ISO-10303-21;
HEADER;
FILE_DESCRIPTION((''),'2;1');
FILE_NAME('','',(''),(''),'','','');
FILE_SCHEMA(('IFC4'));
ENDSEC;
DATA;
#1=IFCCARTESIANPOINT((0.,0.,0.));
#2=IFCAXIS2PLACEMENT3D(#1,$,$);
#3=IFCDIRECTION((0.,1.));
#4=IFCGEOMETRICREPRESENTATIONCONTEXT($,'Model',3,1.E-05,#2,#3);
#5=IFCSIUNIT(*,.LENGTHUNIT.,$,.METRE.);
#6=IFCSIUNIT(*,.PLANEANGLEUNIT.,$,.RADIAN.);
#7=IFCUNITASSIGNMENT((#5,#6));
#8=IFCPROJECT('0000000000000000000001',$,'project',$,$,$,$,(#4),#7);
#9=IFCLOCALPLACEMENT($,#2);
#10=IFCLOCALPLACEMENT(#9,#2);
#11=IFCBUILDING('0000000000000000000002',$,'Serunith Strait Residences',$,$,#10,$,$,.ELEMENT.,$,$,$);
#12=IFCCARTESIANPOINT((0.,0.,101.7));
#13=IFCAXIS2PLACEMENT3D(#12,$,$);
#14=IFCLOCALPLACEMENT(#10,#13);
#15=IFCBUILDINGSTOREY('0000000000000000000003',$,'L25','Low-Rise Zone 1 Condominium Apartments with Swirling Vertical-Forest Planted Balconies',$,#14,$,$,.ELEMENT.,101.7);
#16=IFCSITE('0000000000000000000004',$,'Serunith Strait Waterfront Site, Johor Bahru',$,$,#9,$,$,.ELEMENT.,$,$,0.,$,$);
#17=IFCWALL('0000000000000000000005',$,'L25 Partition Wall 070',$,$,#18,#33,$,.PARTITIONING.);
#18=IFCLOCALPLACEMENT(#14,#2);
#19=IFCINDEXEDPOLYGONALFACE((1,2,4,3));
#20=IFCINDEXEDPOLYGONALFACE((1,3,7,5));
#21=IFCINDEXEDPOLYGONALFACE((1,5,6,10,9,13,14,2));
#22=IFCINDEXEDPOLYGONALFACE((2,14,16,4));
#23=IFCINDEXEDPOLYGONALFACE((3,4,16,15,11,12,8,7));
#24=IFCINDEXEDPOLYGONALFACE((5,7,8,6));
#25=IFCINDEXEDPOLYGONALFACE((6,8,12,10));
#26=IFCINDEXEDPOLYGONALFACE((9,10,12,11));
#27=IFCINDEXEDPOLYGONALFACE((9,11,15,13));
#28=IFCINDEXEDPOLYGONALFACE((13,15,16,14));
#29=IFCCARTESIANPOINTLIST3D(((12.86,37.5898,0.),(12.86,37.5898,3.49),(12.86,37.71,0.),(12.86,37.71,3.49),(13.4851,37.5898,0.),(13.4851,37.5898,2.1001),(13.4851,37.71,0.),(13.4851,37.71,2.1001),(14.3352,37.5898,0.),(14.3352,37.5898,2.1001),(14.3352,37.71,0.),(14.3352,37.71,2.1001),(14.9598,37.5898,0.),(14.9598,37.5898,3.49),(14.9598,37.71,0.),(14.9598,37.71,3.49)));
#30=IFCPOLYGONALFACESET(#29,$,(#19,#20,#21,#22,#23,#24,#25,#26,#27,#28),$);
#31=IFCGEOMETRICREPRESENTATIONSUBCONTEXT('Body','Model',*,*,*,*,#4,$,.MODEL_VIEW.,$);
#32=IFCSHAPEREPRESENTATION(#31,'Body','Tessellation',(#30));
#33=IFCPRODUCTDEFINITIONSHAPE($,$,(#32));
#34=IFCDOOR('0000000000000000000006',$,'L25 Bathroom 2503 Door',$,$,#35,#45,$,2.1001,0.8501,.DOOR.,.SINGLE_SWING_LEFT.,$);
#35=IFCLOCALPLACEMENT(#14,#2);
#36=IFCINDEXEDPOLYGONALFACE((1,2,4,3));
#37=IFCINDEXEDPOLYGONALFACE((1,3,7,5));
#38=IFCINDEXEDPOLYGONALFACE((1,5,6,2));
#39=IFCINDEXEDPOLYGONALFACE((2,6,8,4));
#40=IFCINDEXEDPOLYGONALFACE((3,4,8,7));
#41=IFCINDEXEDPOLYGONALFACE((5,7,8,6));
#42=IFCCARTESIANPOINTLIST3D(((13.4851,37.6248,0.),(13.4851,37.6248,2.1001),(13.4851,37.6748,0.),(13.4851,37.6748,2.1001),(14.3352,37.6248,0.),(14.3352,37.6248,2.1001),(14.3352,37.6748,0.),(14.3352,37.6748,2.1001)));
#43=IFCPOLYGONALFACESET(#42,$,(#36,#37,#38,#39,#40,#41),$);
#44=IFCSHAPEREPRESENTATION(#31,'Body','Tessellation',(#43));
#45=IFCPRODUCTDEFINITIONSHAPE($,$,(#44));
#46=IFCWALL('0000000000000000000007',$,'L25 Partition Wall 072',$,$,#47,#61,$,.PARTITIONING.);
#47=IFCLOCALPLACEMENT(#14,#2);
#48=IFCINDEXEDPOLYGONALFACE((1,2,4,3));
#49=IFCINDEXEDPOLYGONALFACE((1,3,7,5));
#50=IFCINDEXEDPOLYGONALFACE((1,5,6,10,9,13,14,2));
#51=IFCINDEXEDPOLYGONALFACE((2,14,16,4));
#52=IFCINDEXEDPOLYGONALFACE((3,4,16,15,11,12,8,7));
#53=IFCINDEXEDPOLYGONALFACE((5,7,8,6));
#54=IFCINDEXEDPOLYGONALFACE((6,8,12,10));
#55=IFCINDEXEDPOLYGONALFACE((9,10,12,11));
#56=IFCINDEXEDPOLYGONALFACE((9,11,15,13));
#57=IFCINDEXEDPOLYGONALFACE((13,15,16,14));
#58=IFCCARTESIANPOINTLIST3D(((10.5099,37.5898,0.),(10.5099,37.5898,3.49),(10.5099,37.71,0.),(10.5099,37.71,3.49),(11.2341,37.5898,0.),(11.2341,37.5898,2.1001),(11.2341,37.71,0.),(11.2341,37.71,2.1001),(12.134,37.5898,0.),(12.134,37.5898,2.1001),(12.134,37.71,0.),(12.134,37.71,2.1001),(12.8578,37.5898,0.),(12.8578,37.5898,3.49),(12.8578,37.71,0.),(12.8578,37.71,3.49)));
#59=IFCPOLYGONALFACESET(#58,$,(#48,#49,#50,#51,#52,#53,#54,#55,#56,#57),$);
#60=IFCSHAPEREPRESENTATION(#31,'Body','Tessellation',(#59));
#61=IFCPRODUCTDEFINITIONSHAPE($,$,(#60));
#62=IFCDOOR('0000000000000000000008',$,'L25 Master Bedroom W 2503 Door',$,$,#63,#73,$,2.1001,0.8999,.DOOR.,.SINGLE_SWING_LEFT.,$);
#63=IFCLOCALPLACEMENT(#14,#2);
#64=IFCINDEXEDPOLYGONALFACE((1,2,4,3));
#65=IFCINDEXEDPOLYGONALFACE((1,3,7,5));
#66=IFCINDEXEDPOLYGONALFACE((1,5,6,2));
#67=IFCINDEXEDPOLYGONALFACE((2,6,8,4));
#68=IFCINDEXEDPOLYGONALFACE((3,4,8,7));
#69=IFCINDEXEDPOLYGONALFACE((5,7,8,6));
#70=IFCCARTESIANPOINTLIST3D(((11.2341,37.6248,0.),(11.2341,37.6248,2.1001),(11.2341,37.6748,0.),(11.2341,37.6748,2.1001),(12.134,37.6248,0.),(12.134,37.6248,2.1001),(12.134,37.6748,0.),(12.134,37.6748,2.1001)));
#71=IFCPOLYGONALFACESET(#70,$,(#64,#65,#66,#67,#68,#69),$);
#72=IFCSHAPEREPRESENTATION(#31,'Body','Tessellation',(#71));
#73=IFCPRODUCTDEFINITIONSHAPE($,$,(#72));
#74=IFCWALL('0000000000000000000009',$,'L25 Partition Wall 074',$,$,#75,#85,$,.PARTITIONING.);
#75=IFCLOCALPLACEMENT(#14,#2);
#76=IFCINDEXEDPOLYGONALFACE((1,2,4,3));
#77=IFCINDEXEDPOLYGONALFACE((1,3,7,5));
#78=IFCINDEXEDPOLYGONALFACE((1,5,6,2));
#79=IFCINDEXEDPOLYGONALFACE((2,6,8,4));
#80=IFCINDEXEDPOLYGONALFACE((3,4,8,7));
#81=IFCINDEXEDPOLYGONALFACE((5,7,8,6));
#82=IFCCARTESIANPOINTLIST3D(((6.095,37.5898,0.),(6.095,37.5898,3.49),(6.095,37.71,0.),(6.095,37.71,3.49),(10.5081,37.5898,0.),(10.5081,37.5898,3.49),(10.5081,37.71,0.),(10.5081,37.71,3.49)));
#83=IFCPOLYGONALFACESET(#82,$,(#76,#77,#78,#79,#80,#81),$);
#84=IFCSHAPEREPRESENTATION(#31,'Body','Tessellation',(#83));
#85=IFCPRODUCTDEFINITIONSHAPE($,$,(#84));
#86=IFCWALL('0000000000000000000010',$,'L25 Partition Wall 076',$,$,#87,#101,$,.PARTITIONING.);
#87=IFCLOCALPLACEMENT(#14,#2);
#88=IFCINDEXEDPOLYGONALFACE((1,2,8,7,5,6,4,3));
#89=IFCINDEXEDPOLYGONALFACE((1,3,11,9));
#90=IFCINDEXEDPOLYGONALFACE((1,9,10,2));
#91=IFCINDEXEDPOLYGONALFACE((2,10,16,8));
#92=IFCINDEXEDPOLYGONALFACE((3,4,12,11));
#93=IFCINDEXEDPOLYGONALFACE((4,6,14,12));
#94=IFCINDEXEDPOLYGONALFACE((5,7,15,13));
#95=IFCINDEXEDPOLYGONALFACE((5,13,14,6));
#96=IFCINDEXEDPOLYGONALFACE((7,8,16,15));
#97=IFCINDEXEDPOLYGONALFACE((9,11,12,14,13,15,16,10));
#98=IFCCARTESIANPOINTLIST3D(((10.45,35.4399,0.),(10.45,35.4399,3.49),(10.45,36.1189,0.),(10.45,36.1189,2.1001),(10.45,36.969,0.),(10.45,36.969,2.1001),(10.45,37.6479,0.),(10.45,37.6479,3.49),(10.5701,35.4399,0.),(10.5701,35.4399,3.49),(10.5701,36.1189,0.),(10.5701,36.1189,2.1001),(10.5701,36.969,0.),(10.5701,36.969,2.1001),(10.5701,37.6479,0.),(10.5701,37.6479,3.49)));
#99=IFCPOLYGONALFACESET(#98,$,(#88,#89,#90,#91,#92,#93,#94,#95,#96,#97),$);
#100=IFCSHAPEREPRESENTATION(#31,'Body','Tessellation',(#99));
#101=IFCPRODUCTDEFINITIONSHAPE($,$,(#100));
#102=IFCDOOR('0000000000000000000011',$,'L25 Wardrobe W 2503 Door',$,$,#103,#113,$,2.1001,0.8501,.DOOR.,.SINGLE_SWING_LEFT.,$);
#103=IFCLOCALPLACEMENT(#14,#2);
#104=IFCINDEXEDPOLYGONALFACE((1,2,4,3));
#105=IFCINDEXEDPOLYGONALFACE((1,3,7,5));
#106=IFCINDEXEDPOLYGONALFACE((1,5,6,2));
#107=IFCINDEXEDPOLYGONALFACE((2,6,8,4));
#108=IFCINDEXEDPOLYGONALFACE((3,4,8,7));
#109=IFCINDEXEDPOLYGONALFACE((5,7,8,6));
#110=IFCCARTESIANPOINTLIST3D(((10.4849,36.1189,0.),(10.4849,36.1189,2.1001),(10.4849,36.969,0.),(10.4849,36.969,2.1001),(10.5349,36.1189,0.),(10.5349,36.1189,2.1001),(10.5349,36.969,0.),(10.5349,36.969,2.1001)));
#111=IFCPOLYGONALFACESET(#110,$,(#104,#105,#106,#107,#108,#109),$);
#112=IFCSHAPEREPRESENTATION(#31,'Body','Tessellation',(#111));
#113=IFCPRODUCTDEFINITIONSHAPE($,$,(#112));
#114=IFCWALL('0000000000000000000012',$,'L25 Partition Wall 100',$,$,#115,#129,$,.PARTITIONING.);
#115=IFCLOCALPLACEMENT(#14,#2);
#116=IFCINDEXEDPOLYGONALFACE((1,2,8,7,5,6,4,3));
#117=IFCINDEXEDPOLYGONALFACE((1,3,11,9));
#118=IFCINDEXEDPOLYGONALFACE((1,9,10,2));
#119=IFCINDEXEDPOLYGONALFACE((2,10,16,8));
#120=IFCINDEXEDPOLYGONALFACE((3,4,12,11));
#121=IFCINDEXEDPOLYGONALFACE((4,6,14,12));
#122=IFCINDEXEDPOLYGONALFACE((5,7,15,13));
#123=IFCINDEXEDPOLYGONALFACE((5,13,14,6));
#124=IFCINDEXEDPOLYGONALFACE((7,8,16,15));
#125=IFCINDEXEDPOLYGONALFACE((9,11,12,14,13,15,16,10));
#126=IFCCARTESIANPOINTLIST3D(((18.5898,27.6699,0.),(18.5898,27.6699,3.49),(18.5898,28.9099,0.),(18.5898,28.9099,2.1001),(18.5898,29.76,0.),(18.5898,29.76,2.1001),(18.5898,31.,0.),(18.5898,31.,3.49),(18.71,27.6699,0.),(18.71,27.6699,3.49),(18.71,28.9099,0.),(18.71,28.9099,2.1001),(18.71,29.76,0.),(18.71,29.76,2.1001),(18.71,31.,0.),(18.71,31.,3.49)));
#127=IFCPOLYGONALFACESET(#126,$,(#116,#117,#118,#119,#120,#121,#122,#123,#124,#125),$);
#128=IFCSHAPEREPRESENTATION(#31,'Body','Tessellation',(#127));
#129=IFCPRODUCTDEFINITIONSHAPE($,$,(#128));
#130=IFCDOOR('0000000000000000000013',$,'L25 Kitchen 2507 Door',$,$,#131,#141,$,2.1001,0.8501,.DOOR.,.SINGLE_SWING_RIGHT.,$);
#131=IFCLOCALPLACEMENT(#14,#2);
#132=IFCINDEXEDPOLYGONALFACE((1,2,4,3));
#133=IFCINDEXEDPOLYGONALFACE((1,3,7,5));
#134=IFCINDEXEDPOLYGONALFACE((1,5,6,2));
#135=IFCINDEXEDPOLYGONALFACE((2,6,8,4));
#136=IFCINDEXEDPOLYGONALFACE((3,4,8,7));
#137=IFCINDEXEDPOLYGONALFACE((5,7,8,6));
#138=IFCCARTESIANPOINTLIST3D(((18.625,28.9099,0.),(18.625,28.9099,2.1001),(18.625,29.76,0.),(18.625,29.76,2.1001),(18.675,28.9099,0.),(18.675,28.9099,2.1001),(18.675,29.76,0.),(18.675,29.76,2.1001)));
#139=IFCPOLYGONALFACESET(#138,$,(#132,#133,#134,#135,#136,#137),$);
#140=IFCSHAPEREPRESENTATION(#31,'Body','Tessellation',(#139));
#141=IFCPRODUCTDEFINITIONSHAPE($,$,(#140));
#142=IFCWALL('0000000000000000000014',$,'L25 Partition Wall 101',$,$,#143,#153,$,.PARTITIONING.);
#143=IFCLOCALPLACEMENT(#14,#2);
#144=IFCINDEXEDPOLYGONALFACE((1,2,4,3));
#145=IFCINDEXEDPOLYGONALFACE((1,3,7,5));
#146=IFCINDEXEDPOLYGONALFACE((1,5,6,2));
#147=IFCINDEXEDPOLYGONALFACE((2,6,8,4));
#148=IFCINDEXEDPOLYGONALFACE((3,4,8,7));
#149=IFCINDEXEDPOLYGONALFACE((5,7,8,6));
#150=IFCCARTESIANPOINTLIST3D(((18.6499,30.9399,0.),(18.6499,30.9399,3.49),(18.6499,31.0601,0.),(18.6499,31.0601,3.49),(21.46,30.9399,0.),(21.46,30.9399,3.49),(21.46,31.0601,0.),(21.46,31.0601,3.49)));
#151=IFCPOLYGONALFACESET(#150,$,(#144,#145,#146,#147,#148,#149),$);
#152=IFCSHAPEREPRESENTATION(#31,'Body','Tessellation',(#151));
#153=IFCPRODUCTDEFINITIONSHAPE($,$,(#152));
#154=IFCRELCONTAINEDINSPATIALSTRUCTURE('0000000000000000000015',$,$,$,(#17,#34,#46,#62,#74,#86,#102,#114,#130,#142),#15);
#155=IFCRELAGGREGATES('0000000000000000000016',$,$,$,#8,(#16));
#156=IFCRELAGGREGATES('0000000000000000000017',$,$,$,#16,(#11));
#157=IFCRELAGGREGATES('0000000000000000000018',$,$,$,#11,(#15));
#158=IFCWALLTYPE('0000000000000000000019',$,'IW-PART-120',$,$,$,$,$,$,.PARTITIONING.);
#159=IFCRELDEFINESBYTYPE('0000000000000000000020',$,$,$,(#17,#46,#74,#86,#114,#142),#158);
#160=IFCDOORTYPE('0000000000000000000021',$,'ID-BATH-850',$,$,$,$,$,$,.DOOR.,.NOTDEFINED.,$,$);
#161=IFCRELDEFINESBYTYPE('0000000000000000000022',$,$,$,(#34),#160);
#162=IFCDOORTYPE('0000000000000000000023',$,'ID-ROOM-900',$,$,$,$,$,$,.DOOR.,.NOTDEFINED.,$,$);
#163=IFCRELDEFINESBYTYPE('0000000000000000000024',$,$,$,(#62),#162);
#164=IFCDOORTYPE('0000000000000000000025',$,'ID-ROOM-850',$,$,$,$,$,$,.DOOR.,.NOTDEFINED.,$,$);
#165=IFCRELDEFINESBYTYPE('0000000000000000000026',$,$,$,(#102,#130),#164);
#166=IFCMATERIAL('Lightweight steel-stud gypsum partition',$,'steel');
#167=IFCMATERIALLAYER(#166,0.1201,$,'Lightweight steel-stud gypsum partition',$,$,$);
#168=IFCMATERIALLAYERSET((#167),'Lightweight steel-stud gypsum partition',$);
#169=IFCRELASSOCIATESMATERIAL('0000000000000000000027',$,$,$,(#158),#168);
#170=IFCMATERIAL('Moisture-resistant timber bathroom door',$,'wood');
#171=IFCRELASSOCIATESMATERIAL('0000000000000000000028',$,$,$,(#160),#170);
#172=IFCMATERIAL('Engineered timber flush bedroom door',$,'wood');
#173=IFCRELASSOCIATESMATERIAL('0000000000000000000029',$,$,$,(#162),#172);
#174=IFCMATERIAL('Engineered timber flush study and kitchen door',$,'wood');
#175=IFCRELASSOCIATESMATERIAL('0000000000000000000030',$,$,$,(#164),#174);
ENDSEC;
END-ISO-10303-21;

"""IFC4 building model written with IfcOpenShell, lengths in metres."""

from ifc_helpers import new_model, si_unit, direction, frame, frame_2d, origin, place, context, subcontext, project, spatial, rectangle, extrude, source, transform, mapped, material, layer, layer_set, type_object, element, fill, save


model = new_model("IFC4")

# Units and contexts
model_context = context("Model", 3, precision=1e-05, world=origin(), true_north=direction((0.0, 1.0)))
body_context = subcontext(model_context, "Body", "Model", "MODEL_VIEW")
ifc_project = project(units=[si_unit("LENGTHUNIT", "METRE"), si_unit("PLANEANGLEUNIT", "RADIAN")], contexts=[model_context])

# Site, building, storey
site_placement = place(None, origin())
site = spatial("IfcSite", under=ifc_project, at=site_placement, Name="Serunith Strait Waterfront Site, Johor Bahru", CompositionType="ELEMENT", RefElevation=0.0)
building_placement = place(site_placement, origin())
building = spatial("IfcBuilding", under=site, at=building_placement, Name="Serunith Strait Residences", CompositionType="ELEMENT")
storey_placement = place(building_placement, frame((0.0, 0.0, 101.7)))
storey = spatial("IfcBuildingStorey", under=building, at=storey_placement, Name="L25", Description="Low-Rise Zone 1 Condominium Apartments with Swirling Vertical-Forest Planted Balconies", CompositionType="ELEMENT", Elevation=101.7)

# Walls, openings, doors
ifc_material_1 = material(Name="Lightweight steel-stud gypsum partition", Category="steel")
ifc_layer_1 = layer(ifc_material_1, 0.1201, Name="Lightweight steel-stud gypsum partition")
ifc_layer_set_1 = layer_set([ifc_layer_1], Name="Lightweight steel-stud gypsum partition")
wall_type_1 = type_object("IfcWallType", Name="IW-PART-120", PredefinedType="PARTITIONING", material=ifc_layer_set_1)
wall_1_placement = place(storey_placement, frame((12.8601, 37.6499, 0.0), z_axis=(0.0, 0.0, 1.0), x_axis=(1.0, 0.0, 0.0)))
wall_1 = element("IfcWall", 1, at=wall_1_placement, inside=storey, type_object=wall_type_1, Name="L25 Partition Wall 070", PredefinedType="PARTITIONING", context=body_context, shape_type="SweptSolid", body=[
    extrude(rectangle(XDim=2.0999, YDim=0.1201, at=frame_2d((1.0498, 0.0))), origin(), (0.0, 0.0, 1.0), 3.49),
])
opening_1_placement = place(wall_1_placement, frame((0.625, 0.0, 0.0)))
opening_1 = element("IfcOpeningElement", 2, at=opening_1_placement, cuts=wall_1, PredefinedType="OPENING", context=body_context, shape_type="SweptSolid", body=[
    extrude(rectangle(XDim=0.8501, YDim=2.1001, at=frame_2d((0.425, 1.05))), frame((0.0, 0.0701, 0.0), z_axis=(0.0, -1.0, 0.0), x_axis=(1.0, 0.0, 0.0)), (0.0, 0.0, 1.0), 0.1401),
])
ifc_material_2 = material(Name="Moisture-resistant timber bathroom door", Category="wood")
door_type_1 = type_object("IfcDoorType", Name="ID-BATH-850", OperationType="NOTDEFINED", PredefinedType="DOOR", material=ifc_material_2)
shared_shape_1 = source(origin(), body_context, "Body", "SweptSolid", [
    extrude(rectangle(XDim=0.8501, YDim=2.1001, at=frame_2d((0.425, 1.05))), frame((0.0, 0.0249, 0.0), z_axis=(0.0, -1.0, 0.0), x_axis=(1.0, 0.0, 0.0)), (0.0, 0.0, 1.0), 0.05),
])
door_1_placement = place(opening_1_placement, origin())
door_1 = element("IfcDoor", 3, at=door_1_placement, inside=storey, type_object=door_type_1, Name="L25 Bathroom 2503 Door", OperationType="SINGLE_SWING_LEFT", OverallHeight=2.1001, OverallWidth=0.8501, PredefinedType="DOOR", context=body_context, shape_type="MappedRepresentation", body=[
    mapped(shared_shape_1, transform((0.0, 0.0, 0.0), scale=1.0)),
])
fill(opening_1, door_1)
wall_2_placement = place(storey_placement, frame((10.51, 37.6499, 0.0), z_axis=(0.0, 0.0, 1.0), x_axis=(1.0, 0.0, 0.0)))
wall_2 = element("IfcWall", 4, at=wall_2_placement, inside=storey, type_object=wall_type_1, Name="L25 Partition Wall 072", PredefinedType="PARTITIONING", context=body_context, shape_type="SweptSolid", body=[
    extrude(rectangle(XDim=2.3479, YDim=0.1201, at=frame_2d((1.1738, 0.0))), origin(), (0.0, 0.0, 1.0), 3.49),
])
opening_2_placement = place(wall_2_placement, frame((0.7241, 0.0, 0.0)))
opening_2 = element("IfcOpeningElement", 5, at=opening_2_placement, cuts=wall_2, PredefinedType="OPENING", context=body_context, shape_type="SweptSolid", body=[
    extrude(rectangle(XDim=0.8999, YDim=2.1001, at=frame_2d((0.45, 1.05))), frame((0.0, 0.0701, 0.0), z_axis=(0.0, -1.0, 0.0), x_axis=(1.0, 0.0, 0.0)), (0.0, 0.0, 1.0), 0.1401),
])
ifc_material_3 = material(Name="Engineered timber flush bedroom door", Category="wood")
door_type_2 = type_object("IfcDoorType", Name="ID-ROOM-900", OperationType="NOTDEFINED", PredefinedType="DOOR", material=ifc_material_3)
shared_shape_2 = source(origin(), body_context, "Body", "SweptSolid", [
    extrude(rectangle(XDim=0.8999, YDim=2.1001, at=frame_2d((0.45, 1.05))), frame((0.0, 0.0249, 0.0), z_axis=(0.0, -1.0, 0.0), x_axis=(1.0, 0.0, 0.0)), (0.0, 0.0, 1.0), 0.05),
])
door_2_placement = place(opening_2_placement, origin())
door_2 = element("IfcDoor", 6, at=door_2_placement, inside=storey, type_object=door_type_2, Name="L25 Master Bedroom W 2503 Door", OperationType="SINGLE_SWING_LEFT", OverallHeight=2.1001, OverallWidth=0.8999, PredefinedType="DOOR", context=body_context, shape_type="MappedRepresentation", body=[
    mapped(shared_shape_2, transform((0.0, 0.0, 0.0), scale=1.0)),
])
fill(opening_2, door_2)

# Wall
wall_3_placement = place(storey_placement, frame((6.095, 37.6499, 0.0), z_axis=(0.0, 0.0, 1.0), x_axis=(1.0, 0.0, 0.0)))
element("IfcWall", 7, at=wall_3_placement, inside=storey, type_object=wall_type_1, Name="L25 Partition Wall 074", PredefinedType="PARTITIONING", context=body_context, shape_type="SweptSolid", body=[
    extrude(rectangle(XDim=4.4131, YDim=0.1201, at=frame_2d((2.2065, 0.0))), origin(), (0.0, 0.0, 1.0), 3.49),
])

# Walls, openings, doors
wall_4_placement = place(storey_placement, frame((10.51, 37.6479, 0.0), z_axis=(0.0, 0.0, 1.0), x_axis=(0.0, -1.0, 0.0)))
wall_4 = element("IfcWall", 8, at=wall_4_placement, inside=storey, type_object=wall_type_1, Name="L25 Partition Wall 076", PredefinedType="PARTITIONING", context=body_context, shape_type="SweptSolid", body=[
    extrude(rectangle(XDim=2.208, YDim=0.1201, at=frame_2d((1.104, 0.0))), origin(), (0.0, 0.0, 1.0), 3.49),
])
opening_3_placement = place(wall_4_placement, frame((0.679, 0.0, 0.0)))
opening_3 = element("IfcOpeningElement", 9, at=opening_3_placement, cuts=wall_4, PredefinedType="OPENING", context=body_context, shape_type="SweptSolid", body=[
    extrude(rectangle(XDim=0.8501, YDim=2.1001, at=frame_2d((0.425, 1.05))), frame((0.0, 0.0701, 0.0), z_axis=(0.0, -1.0, 0.0), x_axis=(1.0, 0.0, 0.0)), (0.0, 0.0, 1.0), 0.1401),
])
ifc_material_4 = material(Name="Engineered timber flush study and kitchen door", Category="wood")
door_type_3 = type_object("IfcDoorType", Name="ID-ROOM-850", OperationType="NOTDEFINED", PredefinedType="DOOR", material=ifc_material_4)
door_3_placement = place(opening_3_placement, origin())
door_3 = element("IfcDoor", 10, at=door_3_placement, inside=storey, type_object=door_type_3, Name="L25 Wardrobe W 2503 Door", OperationType="SINGLE_SWING_LEFT", OverallHeight=2.1001, OverallWidth=0.8501, PredefinedType="DOOR", context=body_context, shape_type="MappedRepresentation", body=[
    mapped(shared_shape_1, transform((0.0, 0.0, 0.0), scale=1.0)),
])
fill(opening_3, door_3)
wall_5_placement = place(storey_placement, frame((18.6499, 27.6699, 0.0), z_axis=(0.0, 0.0, 1.0), x_axis=(0.0, 1.0, 0.0)))
wall_5 = element("IfcWall", 11, at=wall_5_placement, inside=storey, type_object=wall_type_1, Name="L25 Partition Wall 100", PredefinedType="PARTITIONING", context=body_context, shape_type="SweptSolid", body=[
    extrude(rectangle(XDim=3.3301, YDim=0.1201, at=frame_2d((1.665, 0.0))), origin(), (0.0, 0.0, 1.0), 3.49),
])
opening_4_placement = place(wall_5_placement, frame((1.24, 0.0, 0.0)))
opening_4 = element("IfcOpeningElement", 12, at=opening_4_placement, cuts=wall_5, PredefinedType="OPENING", context=body_context, shape_type="SweptSolid", body=[
    extrude(rectangle(XDim=0.8501, YDim=2.1001, at=frame_2d((0.425, 1.05))), frame((0.0, 0.0701, 0.0), z_axis=(0.0, -1.0, 0.0), x_axis=(1.0, 0.0, 0.0)), (0.0, 0.0, 1.0), 0.1401),
])
door_4_placement = place(opening_4_placement, origin())
door_4 = element("IfcDoor", 13, at=door_4_placement, inside=storey, type_object=door_type_3, Name="L25 Kitchen 2507 Door", OperationType="SINGLE_SWING_RIGHT", OverallHeight=2.1001, OverallWidth=0.8501, PredefinedType="DOOR", context=body_context, shape_type="MappedRepresentation", body=[
    mapped(shared_shape_1, transform((0.0, 0.0, 0.0), scale=1.0)),
])
fill(opening_4, door_4)

# Wall
wall_6_placement = place(storey_placement, frame((18.6499, 31.0, 0.0), z_axis=(0.0, 0.0, 1.0), x_axis=(1.0, 0.0, 0.0)))
element("IfcWall", 14, at=wall_6_placement, inside=storey, type_object=wall_type_1, Name="L25 Partition Wall 101", PredefinedType="PARTITIONING", context=body_context, shape_type="SweptSolid", body=[
    extrude(rectangle(XDim=2.8101, YDim=0.1201, at=frame_2d((1.405, 0.0))), origin(), (0.0, 0.0, 1.0), 3.49),
])

save(model, "model.ifc")
